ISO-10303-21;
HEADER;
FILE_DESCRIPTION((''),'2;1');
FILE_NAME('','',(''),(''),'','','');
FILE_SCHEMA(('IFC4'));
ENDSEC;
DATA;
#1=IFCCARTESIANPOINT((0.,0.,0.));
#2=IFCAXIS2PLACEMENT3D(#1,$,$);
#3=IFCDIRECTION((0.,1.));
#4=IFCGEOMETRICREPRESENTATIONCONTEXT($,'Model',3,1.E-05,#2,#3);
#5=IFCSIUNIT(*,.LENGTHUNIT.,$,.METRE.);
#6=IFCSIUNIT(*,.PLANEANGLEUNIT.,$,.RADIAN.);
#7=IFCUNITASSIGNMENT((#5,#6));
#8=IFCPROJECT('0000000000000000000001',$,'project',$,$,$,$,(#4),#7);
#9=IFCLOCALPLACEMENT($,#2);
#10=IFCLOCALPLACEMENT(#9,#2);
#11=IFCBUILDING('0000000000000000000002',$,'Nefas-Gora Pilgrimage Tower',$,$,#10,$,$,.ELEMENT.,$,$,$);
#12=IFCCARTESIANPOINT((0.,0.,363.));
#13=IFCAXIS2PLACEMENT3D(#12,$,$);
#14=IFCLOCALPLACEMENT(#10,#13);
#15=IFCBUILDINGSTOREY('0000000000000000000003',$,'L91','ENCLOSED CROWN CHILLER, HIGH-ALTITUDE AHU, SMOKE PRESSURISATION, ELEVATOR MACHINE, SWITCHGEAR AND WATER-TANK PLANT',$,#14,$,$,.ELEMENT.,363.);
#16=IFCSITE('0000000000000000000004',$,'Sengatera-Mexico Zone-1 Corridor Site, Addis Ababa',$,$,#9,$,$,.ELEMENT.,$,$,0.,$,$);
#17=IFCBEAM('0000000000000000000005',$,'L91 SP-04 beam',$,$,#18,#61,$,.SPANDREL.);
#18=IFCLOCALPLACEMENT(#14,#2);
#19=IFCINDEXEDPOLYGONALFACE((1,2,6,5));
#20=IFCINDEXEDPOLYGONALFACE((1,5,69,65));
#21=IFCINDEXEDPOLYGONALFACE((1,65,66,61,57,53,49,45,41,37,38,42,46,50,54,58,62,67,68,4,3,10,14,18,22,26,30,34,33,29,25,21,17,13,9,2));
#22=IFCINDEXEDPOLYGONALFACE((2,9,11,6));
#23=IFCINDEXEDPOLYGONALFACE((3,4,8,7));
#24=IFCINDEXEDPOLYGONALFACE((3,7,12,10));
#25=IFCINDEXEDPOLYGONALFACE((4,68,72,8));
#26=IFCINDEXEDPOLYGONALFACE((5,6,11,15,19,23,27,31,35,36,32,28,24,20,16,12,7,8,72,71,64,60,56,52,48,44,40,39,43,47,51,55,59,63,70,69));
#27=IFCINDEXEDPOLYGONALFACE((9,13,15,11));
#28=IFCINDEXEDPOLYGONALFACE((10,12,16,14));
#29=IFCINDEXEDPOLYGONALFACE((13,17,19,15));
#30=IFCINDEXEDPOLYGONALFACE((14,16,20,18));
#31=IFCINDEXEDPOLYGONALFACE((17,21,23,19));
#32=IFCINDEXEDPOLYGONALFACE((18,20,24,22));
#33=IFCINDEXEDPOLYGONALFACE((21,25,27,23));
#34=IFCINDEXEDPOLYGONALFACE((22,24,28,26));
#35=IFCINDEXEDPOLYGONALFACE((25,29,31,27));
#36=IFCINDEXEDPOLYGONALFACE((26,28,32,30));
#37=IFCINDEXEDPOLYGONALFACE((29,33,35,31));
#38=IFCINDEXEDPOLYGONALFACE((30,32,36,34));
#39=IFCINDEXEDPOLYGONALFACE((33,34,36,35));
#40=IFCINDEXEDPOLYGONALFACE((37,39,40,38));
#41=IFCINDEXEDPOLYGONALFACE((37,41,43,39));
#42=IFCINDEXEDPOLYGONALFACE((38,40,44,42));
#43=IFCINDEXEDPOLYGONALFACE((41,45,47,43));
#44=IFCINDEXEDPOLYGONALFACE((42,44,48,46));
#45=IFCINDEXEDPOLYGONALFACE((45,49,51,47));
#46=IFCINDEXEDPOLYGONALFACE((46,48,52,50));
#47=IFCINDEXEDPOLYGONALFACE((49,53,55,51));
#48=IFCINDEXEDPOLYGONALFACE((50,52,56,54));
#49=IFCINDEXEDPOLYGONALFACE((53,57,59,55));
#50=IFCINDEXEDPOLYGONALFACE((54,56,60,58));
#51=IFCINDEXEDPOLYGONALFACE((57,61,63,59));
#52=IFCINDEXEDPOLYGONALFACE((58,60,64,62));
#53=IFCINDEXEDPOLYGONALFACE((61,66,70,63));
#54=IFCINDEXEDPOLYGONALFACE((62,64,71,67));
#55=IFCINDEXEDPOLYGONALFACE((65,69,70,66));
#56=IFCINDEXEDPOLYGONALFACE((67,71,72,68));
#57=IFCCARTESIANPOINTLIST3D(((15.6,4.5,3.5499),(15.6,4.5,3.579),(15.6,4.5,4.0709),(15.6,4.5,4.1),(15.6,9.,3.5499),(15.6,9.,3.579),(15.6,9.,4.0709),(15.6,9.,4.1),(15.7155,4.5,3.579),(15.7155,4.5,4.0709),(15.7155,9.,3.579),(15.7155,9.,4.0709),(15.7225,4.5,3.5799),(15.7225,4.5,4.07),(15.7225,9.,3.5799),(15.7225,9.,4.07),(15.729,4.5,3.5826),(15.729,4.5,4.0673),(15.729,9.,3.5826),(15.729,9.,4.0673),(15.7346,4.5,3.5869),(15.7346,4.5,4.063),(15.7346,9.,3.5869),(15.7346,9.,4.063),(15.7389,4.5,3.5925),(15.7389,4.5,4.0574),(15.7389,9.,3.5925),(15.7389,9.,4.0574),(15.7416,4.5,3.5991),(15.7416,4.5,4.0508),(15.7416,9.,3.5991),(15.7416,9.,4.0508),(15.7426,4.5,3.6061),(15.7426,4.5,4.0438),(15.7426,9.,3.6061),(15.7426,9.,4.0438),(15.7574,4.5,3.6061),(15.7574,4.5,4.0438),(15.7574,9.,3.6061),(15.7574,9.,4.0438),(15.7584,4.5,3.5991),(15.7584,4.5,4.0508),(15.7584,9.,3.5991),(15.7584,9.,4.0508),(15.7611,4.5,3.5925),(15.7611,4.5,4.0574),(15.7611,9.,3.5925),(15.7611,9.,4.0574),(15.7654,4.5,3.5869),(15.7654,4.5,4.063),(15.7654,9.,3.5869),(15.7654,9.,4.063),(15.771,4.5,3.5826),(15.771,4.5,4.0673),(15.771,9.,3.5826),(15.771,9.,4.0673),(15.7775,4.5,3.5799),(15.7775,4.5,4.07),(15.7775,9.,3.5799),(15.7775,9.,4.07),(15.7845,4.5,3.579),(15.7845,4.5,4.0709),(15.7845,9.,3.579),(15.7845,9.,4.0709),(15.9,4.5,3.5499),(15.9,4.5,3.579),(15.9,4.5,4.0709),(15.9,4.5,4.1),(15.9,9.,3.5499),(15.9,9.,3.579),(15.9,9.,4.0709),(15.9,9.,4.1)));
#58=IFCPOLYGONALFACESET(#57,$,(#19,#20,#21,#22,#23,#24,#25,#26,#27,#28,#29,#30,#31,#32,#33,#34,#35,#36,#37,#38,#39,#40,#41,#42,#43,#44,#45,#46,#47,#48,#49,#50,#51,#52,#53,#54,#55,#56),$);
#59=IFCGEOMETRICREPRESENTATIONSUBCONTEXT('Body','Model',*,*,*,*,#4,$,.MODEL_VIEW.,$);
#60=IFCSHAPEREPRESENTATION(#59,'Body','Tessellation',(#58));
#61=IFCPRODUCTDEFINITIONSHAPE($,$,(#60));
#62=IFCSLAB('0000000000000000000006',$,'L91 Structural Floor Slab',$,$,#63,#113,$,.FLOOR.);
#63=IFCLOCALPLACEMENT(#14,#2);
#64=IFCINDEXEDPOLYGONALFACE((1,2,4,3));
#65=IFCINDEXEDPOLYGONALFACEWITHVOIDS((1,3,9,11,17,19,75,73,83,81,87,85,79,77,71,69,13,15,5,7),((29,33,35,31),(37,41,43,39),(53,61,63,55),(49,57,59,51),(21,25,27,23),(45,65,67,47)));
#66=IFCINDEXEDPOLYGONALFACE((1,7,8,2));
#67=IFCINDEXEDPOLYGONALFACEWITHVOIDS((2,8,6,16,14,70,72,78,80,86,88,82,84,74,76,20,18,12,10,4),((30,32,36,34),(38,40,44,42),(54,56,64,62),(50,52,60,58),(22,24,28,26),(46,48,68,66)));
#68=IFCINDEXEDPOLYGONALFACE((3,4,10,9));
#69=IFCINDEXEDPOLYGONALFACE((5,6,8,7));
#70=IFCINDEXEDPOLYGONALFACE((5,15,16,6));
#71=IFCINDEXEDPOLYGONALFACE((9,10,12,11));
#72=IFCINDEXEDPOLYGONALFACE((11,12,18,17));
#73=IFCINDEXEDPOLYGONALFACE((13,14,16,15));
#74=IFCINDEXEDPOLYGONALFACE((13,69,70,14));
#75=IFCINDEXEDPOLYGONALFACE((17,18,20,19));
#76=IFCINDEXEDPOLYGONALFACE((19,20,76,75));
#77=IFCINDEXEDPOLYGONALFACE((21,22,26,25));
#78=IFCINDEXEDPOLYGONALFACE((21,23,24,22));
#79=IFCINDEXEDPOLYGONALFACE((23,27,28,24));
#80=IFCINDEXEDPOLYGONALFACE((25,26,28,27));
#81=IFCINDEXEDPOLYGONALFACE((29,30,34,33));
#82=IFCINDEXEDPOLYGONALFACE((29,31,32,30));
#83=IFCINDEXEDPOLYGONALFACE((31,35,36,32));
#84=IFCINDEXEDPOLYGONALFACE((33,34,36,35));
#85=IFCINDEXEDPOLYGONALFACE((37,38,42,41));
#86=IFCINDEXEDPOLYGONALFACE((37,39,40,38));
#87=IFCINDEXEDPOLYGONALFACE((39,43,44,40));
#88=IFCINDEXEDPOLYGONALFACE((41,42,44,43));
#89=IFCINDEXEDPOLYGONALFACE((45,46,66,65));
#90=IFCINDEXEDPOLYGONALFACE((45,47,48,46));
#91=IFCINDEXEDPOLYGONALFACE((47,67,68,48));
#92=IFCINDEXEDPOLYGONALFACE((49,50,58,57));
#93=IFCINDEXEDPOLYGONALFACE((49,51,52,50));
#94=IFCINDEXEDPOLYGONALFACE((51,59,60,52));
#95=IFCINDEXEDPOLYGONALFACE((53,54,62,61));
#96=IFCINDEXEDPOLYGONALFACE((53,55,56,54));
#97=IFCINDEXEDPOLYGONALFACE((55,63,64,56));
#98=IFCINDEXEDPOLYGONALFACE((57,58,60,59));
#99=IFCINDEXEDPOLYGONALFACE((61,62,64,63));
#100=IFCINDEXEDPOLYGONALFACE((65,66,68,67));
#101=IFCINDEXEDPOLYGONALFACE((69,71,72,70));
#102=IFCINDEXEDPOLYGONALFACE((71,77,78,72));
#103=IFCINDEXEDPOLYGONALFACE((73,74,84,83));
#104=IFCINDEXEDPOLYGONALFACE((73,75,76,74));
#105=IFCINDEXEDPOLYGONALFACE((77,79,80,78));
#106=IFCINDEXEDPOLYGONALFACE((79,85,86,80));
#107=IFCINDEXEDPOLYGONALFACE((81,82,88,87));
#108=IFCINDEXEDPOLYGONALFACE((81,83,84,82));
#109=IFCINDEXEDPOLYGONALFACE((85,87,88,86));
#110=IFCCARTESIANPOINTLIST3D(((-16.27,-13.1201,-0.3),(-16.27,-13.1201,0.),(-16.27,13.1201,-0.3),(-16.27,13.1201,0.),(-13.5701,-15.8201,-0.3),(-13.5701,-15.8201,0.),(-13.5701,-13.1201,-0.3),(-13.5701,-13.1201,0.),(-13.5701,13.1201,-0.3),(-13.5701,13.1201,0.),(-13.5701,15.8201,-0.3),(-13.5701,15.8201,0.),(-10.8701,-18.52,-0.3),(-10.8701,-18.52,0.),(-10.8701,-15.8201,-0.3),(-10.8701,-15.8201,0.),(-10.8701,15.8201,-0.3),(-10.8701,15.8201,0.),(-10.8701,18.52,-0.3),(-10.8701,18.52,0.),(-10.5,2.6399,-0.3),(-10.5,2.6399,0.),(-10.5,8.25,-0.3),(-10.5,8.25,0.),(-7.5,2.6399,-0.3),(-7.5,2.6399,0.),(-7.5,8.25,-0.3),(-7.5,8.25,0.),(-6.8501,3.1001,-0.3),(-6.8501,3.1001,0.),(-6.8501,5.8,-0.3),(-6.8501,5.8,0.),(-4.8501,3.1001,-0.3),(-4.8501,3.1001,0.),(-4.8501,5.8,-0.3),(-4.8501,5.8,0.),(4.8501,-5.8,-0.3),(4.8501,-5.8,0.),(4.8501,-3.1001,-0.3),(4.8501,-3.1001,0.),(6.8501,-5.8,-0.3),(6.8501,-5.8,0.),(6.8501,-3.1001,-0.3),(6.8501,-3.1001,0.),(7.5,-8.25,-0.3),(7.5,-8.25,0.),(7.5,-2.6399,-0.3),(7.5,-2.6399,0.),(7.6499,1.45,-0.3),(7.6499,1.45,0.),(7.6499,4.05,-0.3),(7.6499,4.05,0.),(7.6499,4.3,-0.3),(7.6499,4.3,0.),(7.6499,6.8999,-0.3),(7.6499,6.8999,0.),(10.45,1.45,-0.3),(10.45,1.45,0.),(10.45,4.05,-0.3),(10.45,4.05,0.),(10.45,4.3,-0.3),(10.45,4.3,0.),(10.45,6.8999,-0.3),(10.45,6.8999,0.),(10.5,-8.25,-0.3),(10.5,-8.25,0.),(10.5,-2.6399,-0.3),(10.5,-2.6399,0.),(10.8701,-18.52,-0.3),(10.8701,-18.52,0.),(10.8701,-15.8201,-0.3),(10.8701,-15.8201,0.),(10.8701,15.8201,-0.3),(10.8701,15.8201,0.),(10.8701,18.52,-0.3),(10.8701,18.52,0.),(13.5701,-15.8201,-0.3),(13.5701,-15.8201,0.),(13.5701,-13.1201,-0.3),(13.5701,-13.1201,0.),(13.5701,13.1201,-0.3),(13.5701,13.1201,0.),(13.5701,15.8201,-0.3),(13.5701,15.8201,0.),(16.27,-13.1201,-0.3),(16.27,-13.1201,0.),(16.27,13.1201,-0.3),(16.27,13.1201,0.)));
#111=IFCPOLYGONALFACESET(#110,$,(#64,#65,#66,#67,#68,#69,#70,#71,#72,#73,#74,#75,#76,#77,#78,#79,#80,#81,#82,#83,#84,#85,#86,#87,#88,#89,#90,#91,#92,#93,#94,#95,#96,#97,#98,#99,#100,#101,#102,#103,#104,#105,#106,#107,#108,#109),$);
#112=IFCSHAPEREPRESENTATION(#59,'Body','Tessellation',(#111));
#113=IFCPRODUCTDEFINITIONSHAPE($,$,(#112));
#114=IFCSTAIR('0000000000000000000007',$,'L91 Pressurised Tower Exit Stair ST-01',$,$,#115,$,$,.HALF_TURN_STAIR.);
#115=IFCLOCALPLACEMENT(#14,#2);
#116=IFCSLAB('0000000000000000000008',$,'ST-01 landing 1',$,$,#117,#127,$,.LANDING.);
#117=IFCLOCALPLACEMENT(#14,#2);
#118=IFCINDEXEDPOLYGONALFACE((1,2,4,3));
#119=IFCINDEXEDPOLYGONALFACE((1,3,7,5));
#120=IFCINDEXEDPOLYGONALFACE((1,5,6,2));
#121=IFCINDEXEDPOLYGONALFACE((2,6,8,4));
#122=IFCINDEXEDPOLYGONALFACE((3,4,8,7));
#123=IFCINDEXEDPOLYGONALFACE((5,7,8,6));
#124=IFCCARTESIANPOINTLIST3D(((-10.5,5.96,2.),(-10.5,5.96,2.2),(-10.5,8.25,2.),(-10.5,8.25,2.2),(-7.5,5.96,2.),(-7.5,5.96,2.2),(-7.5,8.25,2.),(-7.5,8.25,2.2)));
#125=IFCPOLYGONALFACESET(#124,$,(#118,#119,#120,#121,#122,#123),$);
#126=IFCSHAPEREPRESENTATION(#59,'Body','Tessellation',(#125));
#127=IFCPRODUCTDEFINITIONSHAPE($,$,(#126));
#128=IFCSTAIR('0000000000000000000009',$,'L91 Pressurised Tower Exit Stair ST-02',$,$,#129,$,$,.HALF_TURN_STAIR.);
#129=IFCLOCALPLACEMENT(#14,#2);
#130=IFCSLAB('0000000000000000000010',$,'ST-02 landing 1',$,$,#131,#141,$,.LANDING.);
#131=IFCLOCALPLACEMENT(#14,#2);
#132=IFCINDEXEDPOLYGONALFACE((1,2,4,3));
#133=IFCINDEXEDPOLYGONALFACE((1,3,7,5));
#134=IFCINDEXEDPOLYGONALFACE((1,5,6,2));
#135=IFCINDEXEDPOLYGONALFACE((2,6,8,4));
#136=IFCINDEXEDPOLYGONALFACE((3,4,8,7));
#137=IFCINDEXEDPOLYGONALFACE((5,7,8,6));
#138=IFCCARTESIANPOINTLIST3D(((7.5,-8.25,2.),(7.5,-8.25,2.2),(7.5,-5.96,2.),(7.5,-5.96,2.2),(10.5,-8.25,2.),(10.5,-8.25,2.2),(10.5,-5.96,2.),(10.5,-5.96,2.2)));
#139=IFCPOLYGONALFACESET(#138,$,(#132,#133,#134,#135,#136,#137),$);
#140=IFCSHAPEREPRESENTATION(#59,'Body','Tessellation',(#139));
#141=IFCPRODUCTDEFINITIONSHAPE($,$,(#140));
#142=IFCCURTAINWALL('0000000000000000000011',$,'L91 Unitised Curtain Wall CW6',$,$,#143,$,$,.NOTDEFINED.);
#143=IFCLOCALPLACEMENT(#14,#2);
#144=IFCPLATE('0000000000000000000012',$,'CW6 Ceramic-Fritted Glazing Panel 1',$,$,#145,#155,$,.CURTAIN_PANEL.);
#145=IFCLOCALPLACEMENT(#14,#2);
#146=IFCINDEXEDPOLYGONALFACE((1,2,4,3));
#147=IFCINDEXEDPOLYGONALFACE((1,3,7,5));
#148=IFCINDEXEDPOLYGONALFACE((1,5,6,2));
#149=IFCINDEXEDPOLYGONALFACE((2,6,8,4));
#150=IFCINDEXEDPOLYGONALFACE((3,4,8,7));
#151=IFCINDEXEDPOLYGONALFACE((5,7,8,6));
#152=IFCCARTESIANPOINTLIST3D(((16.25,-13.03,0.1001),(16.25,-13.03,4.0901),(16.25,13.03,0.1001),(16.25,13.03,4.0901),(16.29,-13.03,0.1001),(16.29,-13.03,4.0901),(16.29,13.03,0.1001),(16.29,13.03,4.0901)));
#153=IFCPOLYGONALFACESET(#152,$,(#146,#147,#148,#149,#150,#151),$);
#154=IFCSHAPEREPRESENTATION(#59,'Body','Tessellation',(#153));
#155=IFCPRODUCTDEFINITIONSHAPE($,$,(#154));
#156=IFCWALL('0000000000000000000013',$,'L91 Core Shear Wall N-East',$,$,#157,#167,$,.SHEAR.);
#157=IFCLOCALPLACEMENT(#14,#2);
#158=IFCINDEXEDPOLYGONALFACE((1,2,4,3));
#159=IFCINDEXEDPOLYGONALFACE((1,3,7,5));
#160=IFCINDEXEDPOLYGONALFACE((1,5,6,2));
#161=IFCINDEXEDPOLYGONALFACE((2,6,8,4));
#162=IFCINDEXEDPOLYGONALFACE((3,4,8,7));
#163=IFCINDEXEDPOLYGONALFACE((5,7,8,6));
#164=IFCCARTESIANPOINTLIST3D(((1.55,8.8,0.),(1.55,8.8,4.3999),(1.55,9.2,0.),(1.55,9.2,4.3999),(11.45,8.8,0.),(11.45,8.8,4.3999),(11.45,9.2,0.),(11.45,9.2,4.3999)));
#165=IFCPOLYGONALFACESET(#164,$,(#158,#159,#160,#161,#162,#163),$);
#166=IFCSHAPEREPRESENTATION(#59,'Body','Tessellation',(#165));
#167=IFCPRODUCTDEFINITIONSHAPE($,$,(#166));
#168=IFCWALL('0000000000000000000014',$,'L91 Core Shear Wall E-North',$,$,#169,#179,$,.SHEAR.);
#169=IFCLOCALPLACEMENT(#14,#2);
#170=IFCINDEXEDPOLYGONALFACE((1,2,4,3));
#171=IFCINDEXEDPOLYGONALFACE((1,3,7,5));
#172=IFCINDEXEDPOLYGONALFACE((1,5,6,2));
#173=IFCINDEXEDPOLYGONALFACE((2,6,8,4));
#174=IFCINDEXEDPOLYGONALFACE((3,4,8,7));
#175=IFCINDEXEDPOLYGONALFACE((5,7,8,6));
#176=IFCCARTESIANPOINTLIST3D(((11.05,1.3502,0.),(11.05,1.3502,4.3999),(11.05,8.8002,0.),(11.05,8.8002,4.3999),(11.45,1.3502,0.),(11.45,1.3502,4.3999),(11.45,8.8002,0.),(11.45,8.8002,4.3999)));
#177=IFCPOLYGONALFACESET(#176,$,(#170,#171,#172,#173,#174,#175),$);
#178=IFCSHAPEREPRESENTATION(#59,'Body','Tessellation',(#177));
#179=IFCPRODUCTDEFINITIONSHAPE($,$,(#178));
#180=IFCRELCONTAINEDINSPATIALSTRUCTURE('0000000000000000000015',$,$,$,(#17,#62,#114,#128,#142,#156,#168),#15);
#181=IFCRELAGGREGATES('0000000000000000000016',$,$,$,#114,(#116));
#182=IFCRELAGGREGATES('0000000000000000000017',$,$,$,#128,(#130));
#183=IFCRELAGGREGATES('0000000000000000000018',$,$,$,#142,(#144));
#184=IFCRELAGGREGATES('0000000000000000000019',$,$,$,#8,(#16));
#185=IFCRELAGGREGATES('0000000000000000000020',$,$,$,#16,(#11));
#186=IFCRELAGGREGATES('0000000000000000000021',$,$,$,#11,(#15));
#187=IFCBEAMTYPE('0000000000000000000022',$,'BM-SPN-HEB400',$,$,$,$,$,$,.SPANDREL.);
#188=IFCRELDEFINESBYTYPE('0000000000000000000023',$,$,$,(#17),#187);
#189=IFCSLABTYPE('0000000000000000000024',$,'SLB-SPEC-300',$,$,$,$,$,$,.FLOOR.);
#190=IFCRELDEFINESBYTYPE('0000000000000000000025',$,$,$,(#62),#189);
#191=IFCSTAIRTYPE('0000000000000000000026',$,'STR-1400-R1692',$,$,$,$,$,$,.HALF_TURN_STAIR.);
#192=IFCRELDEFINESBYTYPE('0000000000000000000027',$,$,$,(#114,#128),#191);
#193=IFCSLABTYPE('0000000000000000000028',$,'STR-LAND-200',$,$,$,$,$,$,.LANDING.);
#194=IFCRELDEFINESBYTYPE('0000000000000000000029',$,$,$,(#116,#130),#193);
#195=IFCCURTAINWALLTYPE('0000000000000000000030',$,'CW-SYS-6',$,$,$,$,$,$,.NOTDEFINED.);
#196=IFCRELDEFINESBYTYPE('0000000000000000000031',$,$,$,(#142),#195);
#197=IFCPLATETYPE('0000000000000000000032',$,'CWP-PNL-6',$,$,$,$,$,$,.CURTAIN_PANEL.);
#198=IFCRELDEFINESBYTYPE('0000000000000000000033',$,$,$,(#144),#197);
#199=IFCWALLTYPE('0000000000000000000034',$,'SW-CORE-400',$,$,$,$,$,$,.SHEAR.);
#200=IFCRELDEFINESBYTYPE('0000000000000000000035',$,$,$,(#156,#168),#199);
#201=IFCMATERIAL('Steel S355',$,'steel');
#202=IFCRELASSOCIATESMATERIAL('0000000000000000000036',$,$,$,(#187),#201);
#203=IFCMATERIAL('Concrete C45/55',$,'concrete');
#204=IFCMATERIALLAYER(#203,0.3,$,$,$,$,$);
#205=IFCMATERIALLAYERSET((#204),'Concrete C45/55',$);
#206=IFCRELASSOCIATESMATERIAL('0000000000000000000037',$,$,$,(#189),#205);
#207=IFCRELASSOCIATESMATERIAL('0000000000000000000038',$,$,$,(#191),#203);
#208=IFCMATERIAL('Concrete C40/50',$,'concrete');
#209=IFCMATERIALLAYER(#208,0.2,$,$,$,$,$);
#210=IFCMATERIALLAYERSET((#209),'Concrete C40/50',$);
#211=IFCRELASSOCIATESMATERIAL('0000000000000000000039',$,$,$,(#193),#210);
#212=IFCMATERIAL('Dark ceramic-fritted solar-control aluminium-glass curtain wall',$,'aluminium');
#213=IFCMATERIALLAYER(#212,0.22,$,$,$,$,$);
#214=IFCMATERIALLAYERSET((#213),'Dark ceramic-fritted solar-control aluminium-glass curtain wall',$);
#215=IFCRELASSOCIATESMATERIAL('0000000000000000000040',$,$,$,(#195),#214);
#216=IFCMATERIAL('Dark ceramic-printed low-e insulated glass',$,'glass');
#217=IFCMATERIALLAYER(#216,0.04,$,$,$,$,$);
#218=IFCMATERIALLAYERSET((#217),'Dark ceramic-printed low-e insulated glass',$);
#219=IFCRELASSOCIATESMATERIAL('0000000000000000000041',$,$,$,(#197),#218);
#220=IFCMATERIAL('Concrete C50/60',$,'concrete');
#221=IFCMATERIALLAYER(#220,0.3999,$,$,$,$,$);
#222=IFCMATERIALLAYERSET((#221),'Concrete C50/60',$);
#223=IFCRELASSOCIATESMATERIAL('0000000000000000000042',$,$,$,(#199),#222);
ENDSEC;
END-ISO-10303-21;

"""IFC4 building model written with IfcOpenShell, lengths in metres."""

from ifc_helpers import new_model, si_unit, direction, frame, frame_2d, origin, origin_2d, place, context, subcontext, project, spatial, polyline, rectangle, i_section, outline, extrude, source, transform, mapped, material, layer, layer_set, material_profile, profile_set, type_object, element, aggregate, save


model = new_model("IFC4")

# Units and contexts
model_context = context("Model", 3, precision=1e-05, world=origin(), true_north=direction((0.0, 1.0)))
body_context = subcontext(model_context, "Body", "Model", "MODEL_VIEW")
ifc_project = project(units=[si_unit("LENGTHUNIT", "METRE"), si_unit("PLANEANGLEUNIT", "RADIAN")], contexts=[model_context])

# Site, building, storey
site_placement = place(None, origin())
site = spatial("IfcSite", under=ifc_project, at=site_placement, Name="Sengatera-Mexico Zone-1 Corridor Site, Addis Ababa", CompositionType="ELEMENT", RefElevation=0.0)
building_placement = place(site_placement, origin())
building = spatial("IfcBuilding", under=site, at=building_placement, Name="Nefas-Gora Pilgrimage Tower", CompositionType="ELEMENT")
storey_placement = place(building_placement, frame((0.0, 0.0, 363.0)))
storey = spatial("IfcBuildingStorey", under=building, at=storey_placement, Name="L91", Description="ENCLOSED CROWN CHILLER, HIGH-ALTITUDE AHU, SMOKE PRESSURISATION, ELEVATOR MACHINE, SWITCHGEAR AND WATER-TANK PLANT", CompositionType="ELEMENT", Elevation=363.0)

# Shared definitions
ifc_material_1 = material(Name="Steel S355", Category="steel")
ifc_material_2 = material(Name="Concrete C50/60", Category="concrete")

# Beam
ifc_material_profile_1 = material_profile(ifc_material_1, i_section(OverallWidth=0.3, OverallDepth=0.55, WebThickness=0.0149, FlangeThickness=0.0291, FilletRadius=0.0271, at=origin_2d()), Name="HEB 550")
ifc_profile_set_1 = profile_set([ifc_material_profile_1], Name="Steel S355")
beam_type_1 = type_object("IfcBeamType", Name="BM-SPN-HEB400", PredefinedType="SPANDREL", material=ifc_profile_set_1)
shared_shape_1 = source(origin(), body_context, "Body", "SweptSolid", [
    extrude(i_section(OverallWidth=0.3, OverallDepth=0.55, WebThickness=0.0149, FlangeThickness=0.0291, FilletRadius=0.0271, at=origin_2d()), origin(), (0.0, 0.0, 1.0), 4.5),
])
for number, where, z_axis, x_axis, name in (
    (1, (15.75, 4.5, 3.825), (0.0, 1.0, 0.0), (-1.0, 0.0, 0.0), "L91 SP-04 beam"),
):
    element("IfcBeam", number, at=place(storey_placement, frame(where, z_axis=z_axis, x_axis=x_axis)), inside=storey, type_object=beam_type_1, Name=name, PredefinedType="SPANDREL", context=body_context, shape_type="MappedRepresentation", body=[
        mapped(shared_shape_1, transform((0.0, 0.0, 0.0), x_axis=(1.0, 0.0, 0.0), y_axis=(0.0, 1.0, 0.0), z_axis=(0.0, 0.0, 1.0), scale=1.0)),
    ])

# Slab
ifc_material_3 = material(Name="Concrete C45/55", Category="concrete")
ifc_layer_1 = layer(ifc_material_3, 0.3)
ifc_layer_set_1 = layer_set([ifc_layer_1], Name="Concrete C45/55")
slab_type_1 = type_object("IfcSlabType", Name="SLB-SPEC-300", PredefinedType="FLOOR", material=ifc_layer_set_1)
slab_1_placement = place(storey_placement, frame((0.0, 0.0, -0.3)))
element("IfcSlab", 2, at=slab_1_placement, inside=storey, type_object=slab_type_1, Name="L91 Structural Floor Slab", PredefinedType="FLOOR", context=body_context, shape_type="SweptSolid", body=[
    extrude(outline(polyline([(16.27, 13.1201), (13.5701, 13.1201), (13.5701, 15.8201), (10.8701, 15.8201), (10.8701, 18.52), (-10.8701, 18.52), (-10.8701, 15.8201), (-13.5701, 15.8201), (-13.5701, 13.1201), (-16.27, 13.1201), (-16.27, -13.1201), (-13.5701, -13.1201), (-13.5701, -15.8201), (-10.8701, -15.8201), (-10.8701, -18.52), (10.8701, -18.52), (10.8701, -15.8201), (13.5701, -15.8201), (13.5701, -13.1201), (16.27, -13.1201), (16.27, 13.1201)]), holes=[polyline([(-10.5, 2.6399), (-10.5, 8.25), (-7.5, 8.25), (-7.5, 2.6399), (-10.5, 2.6399)]), polyline([(10.5, -2.6399), (10.5, -8.25), (7.5, -8.25), (7.5, -2.6399), (10.5, -2.6399)]), polyline([(-6.8501, 5.8), (-4.8501, 5.8), (-4.8501, 3.1001), (-6.8501, 3.1001), (-6.8501, 5.8)]), polyline([(4.8501, -3.1001), (6.8501, -3.1001), (6.8501, -5.8), (4.8501, -5.8), (4.8501, -3.1001)]), polyline([(7.6499, 4.05), (10.45, 4.05), (10.45, 1.45), (7.6499, 1.45), (7.6499, 4.05)]), polyline([(7.6499, 6.8999), (10.45, 6.8999), (10.45, 4.3), (7.6499, 4.3), (7.6499, 6.8999)])]), origin(), (0.0, 0.0, 1.0), 0.3),
])

# Stairs, slabs
stair_type = type_object("IfcStairType", Name="STR-1400-R1692", PredefinedType="HALF_TURN_STAIR", material=ifc_material_3)
stair_1_placement = place(storey_placement, origin())
stair_1 = element("IfcStair", 3, at=stair_1_placement, inside=storey, type_object=stair_type, Name="L91 Pressurised Tower Exit Stair ST-01", PredefinedType="HALF_TURN_STAIR")
ifc_material_4 = material(Name="Concrete C40/50", Category="concrete")
ifc_layer_2 = layer(ifc_material_4, 0.2)
ifc_layer_set_2 = layer_set([ifc_layer_2], Name="Concrete C40/50")
slab_type_2 = type_object("IfcSlabType", Name="STR-LAND-200", PredefinedType="LANDING", material=ifc_layer_set_2)
slab_2_placement = place(storey_placement, frame((0.0, 0.0, 2.0)))
slab_2 = element("IfcSlab", 4, at=slab_2_placement, type_object=slab_type_2, Name="ST-01 landing 1", PredefinedType="LANDING", context=body_context, shape_type="SweptSolid", body=[
    extrude(outline(polyline([(-7.5, 5.96), (-7.5, 8.25), (-10.5, 8.25), (-10.5, 5.96), (-7.5, 5.96)])), origin(), (0.0, 0.0, 1.0), 0.2),
])
aggregate(stair_1, [slab_2])
stair_2_placement = place(storey_placement, origin())
stair_2 = element("IfcStair", 5, at=stair_2_placement, inside=storey, type_object=stair_type, Name="L91 Pressurised Tower Exit Stair ST-02", PredefinedType="HALF_TURN_STAIR")
slab_3_placement = place(storey_placement, frame((0.0, 0.0, 2.0)))
slab_3 = element("IfcSlab", 6, at=slab_3_placement, type_object=slab_type_2, Name="ST-02 landing 1", PredefinedType="LANDING", context=body_context, shape_type="SweptSolid", body=[
    extrude(outline(polyline([(7.5, -5.96), (7.5, -8.25), (10.5, -8.25), (10.5, -5.96), (7.5, -5.96)])), origin(), (0.0, 0.0, 1.0), 0.2),
])
aggregate(stair_2, [slab_3])

# Curtain wall, plate
ifc_material_5 = material(Name="Dark ceramic-fritted solar-control aluminium-glass curtain wall", Category="aluminium")
ifc_layer_3 = layer(ifc_material_5, 0.22)
ifc_layer_set_3 = layer_set([ifc_layer_3], Name="Dark ceramic-fritted solar-control aluminium-glass curtain wall")
curtain_wall_type = type_object("IfcCurtainWallType", Name="CW-SYS-6", PredefinedType="NOTDEFINED", material=ifc_layer_set_3)
curtain_wall_placement = place(storey_placement, origin())
curtain_wall = element("IfcCurtainWall", 7, at=curtain_wall_placement, inside=storey, type_object=curtain_wall_type, Name="L91 Unitised Curtain Wall CW6", PredefinedType="NOTDEFINED")
ifc_material_6 = material(Name="Dark ceramic-printed low-e insulated glass", Category="glass")
ifc_layer_4 = layer(ifc_material_6, 0.04)
ifc_layer_set_4 = layer_set([ifc_layer_4], Name="Dark ceramic-printed low-e insulated glass")
plate_type = type_object("IfcPlateType", Name="CWP-PNL-6", PredefinedType="CURTAIN_PANEL", material=ifc_layer_set_4)
shared_shape_2 = source(origin(), body_context, "Body", "SweptSolid", [
    extrude(rectangle(XDim=26.0601, YDim=0.04, at=origin_2d()), origin(), (0.0, 0.0, 1.0), 3.99),
])
plate_placement = place(storey_placement, frame((16.27, 0.0, 0.1001), z_axis=(0.0, 0.0, 1.0), x_axis=(0.0, 1.0, 0.0)))
plate = element("IfcPlate", 8, at=plate_placement, type_object=plate_type, Name="CW6 Ceramic-Fritted Glazing Panel 1", PredefinedType="CURTAIN_PANEL", context=body_context, shape_type="MappedRepresentation", body=[
    mapped(shared_shape_2, transform((0.0, 0.0, 0.0), x_axis=(1.0, 0.0, 0.0), y_axis=(0.0, 1.0, 0.0), z_axis=(0.0, 0.0, 1.0), scale=1.0)),
])
aggregate(curtain_wall, [plate])

# Walls
ifc_layer_5 = layer(ifc_material_2, 0.3999)
ifc_layer_set_5 = layer_set([ifc_layer_5], Name="Concrete C50/60")
wall_type_1 = type_object("IfcWallType", Name="SW-CORE-400", PredefinedType="SHEAR", material=ifc_layer_set_5)
shared_shape_3 = source(origin(), body_context, "Body", "SweptSolid", [
    extrude(rectangle(XDim=9.8999, YDim=0.3999, at=frame_2d((4.95, 0.0))), origin(), (0.0, 0.0, 1.0), 4.3999),
])
wall_1_placement = place(storey_placement, frame((1.55, 9.0, 0.0), z_axis=(0.0, 0.0, 1.0), x_axis=(1.0, 0.0, 0.0)))
element("IfcWall", 9, at=wall_1_placement, inside=storey, type_object=wall_type_1, Name="L91 Core Shear Wall N-East", PredefinedType="SHEAR", context=body_context, shape_type="MappedRepresentation", body=[
    mapped(shared_shape_3, transform((0.0, 0.0, 0.0), x_axis=(1.0, 0.0, 0.0), y_axis=(0.0, 1.0, 0.0), z_axis=(0.0, 0.0, 1.0), scale=1.0)),
])
shared_shape_4 = source(origin(), body_context, "Body", "SweptSolid", [
    extrude(rectangle(XDim=7.45, YDim=0.3999, at=frame_2d((3.7251, 0.0))), origin(), (0.0, 0.0, 1.0), 4.3999),
])
wall_2_placement = place(storey_placement, frame((11.25, 1.3501, 0.0), z_axis=(0.0, 0.0, 1.0), x_axis=(0.0, 1.0, 0.0)))
element("IfcWall", 10, at=wall_2_placement, inside=storey, type_object=wall_type_1, Name="L91 Core Shear Wall E-North", PredefinedType="SHEAR", context=body_context, shape_type="MappedRepresentation", body=[
    mapped(shared_shape_4, transform((0.0, 0.0, 0.0), x_axis=(1.0, 0.0, 0.0), y_axis=(0.0, 1.0, 0.0), z_axis=(0.0, 0.0, 1.0), scale=1.0)),
])

save(model, "model.ifc")
